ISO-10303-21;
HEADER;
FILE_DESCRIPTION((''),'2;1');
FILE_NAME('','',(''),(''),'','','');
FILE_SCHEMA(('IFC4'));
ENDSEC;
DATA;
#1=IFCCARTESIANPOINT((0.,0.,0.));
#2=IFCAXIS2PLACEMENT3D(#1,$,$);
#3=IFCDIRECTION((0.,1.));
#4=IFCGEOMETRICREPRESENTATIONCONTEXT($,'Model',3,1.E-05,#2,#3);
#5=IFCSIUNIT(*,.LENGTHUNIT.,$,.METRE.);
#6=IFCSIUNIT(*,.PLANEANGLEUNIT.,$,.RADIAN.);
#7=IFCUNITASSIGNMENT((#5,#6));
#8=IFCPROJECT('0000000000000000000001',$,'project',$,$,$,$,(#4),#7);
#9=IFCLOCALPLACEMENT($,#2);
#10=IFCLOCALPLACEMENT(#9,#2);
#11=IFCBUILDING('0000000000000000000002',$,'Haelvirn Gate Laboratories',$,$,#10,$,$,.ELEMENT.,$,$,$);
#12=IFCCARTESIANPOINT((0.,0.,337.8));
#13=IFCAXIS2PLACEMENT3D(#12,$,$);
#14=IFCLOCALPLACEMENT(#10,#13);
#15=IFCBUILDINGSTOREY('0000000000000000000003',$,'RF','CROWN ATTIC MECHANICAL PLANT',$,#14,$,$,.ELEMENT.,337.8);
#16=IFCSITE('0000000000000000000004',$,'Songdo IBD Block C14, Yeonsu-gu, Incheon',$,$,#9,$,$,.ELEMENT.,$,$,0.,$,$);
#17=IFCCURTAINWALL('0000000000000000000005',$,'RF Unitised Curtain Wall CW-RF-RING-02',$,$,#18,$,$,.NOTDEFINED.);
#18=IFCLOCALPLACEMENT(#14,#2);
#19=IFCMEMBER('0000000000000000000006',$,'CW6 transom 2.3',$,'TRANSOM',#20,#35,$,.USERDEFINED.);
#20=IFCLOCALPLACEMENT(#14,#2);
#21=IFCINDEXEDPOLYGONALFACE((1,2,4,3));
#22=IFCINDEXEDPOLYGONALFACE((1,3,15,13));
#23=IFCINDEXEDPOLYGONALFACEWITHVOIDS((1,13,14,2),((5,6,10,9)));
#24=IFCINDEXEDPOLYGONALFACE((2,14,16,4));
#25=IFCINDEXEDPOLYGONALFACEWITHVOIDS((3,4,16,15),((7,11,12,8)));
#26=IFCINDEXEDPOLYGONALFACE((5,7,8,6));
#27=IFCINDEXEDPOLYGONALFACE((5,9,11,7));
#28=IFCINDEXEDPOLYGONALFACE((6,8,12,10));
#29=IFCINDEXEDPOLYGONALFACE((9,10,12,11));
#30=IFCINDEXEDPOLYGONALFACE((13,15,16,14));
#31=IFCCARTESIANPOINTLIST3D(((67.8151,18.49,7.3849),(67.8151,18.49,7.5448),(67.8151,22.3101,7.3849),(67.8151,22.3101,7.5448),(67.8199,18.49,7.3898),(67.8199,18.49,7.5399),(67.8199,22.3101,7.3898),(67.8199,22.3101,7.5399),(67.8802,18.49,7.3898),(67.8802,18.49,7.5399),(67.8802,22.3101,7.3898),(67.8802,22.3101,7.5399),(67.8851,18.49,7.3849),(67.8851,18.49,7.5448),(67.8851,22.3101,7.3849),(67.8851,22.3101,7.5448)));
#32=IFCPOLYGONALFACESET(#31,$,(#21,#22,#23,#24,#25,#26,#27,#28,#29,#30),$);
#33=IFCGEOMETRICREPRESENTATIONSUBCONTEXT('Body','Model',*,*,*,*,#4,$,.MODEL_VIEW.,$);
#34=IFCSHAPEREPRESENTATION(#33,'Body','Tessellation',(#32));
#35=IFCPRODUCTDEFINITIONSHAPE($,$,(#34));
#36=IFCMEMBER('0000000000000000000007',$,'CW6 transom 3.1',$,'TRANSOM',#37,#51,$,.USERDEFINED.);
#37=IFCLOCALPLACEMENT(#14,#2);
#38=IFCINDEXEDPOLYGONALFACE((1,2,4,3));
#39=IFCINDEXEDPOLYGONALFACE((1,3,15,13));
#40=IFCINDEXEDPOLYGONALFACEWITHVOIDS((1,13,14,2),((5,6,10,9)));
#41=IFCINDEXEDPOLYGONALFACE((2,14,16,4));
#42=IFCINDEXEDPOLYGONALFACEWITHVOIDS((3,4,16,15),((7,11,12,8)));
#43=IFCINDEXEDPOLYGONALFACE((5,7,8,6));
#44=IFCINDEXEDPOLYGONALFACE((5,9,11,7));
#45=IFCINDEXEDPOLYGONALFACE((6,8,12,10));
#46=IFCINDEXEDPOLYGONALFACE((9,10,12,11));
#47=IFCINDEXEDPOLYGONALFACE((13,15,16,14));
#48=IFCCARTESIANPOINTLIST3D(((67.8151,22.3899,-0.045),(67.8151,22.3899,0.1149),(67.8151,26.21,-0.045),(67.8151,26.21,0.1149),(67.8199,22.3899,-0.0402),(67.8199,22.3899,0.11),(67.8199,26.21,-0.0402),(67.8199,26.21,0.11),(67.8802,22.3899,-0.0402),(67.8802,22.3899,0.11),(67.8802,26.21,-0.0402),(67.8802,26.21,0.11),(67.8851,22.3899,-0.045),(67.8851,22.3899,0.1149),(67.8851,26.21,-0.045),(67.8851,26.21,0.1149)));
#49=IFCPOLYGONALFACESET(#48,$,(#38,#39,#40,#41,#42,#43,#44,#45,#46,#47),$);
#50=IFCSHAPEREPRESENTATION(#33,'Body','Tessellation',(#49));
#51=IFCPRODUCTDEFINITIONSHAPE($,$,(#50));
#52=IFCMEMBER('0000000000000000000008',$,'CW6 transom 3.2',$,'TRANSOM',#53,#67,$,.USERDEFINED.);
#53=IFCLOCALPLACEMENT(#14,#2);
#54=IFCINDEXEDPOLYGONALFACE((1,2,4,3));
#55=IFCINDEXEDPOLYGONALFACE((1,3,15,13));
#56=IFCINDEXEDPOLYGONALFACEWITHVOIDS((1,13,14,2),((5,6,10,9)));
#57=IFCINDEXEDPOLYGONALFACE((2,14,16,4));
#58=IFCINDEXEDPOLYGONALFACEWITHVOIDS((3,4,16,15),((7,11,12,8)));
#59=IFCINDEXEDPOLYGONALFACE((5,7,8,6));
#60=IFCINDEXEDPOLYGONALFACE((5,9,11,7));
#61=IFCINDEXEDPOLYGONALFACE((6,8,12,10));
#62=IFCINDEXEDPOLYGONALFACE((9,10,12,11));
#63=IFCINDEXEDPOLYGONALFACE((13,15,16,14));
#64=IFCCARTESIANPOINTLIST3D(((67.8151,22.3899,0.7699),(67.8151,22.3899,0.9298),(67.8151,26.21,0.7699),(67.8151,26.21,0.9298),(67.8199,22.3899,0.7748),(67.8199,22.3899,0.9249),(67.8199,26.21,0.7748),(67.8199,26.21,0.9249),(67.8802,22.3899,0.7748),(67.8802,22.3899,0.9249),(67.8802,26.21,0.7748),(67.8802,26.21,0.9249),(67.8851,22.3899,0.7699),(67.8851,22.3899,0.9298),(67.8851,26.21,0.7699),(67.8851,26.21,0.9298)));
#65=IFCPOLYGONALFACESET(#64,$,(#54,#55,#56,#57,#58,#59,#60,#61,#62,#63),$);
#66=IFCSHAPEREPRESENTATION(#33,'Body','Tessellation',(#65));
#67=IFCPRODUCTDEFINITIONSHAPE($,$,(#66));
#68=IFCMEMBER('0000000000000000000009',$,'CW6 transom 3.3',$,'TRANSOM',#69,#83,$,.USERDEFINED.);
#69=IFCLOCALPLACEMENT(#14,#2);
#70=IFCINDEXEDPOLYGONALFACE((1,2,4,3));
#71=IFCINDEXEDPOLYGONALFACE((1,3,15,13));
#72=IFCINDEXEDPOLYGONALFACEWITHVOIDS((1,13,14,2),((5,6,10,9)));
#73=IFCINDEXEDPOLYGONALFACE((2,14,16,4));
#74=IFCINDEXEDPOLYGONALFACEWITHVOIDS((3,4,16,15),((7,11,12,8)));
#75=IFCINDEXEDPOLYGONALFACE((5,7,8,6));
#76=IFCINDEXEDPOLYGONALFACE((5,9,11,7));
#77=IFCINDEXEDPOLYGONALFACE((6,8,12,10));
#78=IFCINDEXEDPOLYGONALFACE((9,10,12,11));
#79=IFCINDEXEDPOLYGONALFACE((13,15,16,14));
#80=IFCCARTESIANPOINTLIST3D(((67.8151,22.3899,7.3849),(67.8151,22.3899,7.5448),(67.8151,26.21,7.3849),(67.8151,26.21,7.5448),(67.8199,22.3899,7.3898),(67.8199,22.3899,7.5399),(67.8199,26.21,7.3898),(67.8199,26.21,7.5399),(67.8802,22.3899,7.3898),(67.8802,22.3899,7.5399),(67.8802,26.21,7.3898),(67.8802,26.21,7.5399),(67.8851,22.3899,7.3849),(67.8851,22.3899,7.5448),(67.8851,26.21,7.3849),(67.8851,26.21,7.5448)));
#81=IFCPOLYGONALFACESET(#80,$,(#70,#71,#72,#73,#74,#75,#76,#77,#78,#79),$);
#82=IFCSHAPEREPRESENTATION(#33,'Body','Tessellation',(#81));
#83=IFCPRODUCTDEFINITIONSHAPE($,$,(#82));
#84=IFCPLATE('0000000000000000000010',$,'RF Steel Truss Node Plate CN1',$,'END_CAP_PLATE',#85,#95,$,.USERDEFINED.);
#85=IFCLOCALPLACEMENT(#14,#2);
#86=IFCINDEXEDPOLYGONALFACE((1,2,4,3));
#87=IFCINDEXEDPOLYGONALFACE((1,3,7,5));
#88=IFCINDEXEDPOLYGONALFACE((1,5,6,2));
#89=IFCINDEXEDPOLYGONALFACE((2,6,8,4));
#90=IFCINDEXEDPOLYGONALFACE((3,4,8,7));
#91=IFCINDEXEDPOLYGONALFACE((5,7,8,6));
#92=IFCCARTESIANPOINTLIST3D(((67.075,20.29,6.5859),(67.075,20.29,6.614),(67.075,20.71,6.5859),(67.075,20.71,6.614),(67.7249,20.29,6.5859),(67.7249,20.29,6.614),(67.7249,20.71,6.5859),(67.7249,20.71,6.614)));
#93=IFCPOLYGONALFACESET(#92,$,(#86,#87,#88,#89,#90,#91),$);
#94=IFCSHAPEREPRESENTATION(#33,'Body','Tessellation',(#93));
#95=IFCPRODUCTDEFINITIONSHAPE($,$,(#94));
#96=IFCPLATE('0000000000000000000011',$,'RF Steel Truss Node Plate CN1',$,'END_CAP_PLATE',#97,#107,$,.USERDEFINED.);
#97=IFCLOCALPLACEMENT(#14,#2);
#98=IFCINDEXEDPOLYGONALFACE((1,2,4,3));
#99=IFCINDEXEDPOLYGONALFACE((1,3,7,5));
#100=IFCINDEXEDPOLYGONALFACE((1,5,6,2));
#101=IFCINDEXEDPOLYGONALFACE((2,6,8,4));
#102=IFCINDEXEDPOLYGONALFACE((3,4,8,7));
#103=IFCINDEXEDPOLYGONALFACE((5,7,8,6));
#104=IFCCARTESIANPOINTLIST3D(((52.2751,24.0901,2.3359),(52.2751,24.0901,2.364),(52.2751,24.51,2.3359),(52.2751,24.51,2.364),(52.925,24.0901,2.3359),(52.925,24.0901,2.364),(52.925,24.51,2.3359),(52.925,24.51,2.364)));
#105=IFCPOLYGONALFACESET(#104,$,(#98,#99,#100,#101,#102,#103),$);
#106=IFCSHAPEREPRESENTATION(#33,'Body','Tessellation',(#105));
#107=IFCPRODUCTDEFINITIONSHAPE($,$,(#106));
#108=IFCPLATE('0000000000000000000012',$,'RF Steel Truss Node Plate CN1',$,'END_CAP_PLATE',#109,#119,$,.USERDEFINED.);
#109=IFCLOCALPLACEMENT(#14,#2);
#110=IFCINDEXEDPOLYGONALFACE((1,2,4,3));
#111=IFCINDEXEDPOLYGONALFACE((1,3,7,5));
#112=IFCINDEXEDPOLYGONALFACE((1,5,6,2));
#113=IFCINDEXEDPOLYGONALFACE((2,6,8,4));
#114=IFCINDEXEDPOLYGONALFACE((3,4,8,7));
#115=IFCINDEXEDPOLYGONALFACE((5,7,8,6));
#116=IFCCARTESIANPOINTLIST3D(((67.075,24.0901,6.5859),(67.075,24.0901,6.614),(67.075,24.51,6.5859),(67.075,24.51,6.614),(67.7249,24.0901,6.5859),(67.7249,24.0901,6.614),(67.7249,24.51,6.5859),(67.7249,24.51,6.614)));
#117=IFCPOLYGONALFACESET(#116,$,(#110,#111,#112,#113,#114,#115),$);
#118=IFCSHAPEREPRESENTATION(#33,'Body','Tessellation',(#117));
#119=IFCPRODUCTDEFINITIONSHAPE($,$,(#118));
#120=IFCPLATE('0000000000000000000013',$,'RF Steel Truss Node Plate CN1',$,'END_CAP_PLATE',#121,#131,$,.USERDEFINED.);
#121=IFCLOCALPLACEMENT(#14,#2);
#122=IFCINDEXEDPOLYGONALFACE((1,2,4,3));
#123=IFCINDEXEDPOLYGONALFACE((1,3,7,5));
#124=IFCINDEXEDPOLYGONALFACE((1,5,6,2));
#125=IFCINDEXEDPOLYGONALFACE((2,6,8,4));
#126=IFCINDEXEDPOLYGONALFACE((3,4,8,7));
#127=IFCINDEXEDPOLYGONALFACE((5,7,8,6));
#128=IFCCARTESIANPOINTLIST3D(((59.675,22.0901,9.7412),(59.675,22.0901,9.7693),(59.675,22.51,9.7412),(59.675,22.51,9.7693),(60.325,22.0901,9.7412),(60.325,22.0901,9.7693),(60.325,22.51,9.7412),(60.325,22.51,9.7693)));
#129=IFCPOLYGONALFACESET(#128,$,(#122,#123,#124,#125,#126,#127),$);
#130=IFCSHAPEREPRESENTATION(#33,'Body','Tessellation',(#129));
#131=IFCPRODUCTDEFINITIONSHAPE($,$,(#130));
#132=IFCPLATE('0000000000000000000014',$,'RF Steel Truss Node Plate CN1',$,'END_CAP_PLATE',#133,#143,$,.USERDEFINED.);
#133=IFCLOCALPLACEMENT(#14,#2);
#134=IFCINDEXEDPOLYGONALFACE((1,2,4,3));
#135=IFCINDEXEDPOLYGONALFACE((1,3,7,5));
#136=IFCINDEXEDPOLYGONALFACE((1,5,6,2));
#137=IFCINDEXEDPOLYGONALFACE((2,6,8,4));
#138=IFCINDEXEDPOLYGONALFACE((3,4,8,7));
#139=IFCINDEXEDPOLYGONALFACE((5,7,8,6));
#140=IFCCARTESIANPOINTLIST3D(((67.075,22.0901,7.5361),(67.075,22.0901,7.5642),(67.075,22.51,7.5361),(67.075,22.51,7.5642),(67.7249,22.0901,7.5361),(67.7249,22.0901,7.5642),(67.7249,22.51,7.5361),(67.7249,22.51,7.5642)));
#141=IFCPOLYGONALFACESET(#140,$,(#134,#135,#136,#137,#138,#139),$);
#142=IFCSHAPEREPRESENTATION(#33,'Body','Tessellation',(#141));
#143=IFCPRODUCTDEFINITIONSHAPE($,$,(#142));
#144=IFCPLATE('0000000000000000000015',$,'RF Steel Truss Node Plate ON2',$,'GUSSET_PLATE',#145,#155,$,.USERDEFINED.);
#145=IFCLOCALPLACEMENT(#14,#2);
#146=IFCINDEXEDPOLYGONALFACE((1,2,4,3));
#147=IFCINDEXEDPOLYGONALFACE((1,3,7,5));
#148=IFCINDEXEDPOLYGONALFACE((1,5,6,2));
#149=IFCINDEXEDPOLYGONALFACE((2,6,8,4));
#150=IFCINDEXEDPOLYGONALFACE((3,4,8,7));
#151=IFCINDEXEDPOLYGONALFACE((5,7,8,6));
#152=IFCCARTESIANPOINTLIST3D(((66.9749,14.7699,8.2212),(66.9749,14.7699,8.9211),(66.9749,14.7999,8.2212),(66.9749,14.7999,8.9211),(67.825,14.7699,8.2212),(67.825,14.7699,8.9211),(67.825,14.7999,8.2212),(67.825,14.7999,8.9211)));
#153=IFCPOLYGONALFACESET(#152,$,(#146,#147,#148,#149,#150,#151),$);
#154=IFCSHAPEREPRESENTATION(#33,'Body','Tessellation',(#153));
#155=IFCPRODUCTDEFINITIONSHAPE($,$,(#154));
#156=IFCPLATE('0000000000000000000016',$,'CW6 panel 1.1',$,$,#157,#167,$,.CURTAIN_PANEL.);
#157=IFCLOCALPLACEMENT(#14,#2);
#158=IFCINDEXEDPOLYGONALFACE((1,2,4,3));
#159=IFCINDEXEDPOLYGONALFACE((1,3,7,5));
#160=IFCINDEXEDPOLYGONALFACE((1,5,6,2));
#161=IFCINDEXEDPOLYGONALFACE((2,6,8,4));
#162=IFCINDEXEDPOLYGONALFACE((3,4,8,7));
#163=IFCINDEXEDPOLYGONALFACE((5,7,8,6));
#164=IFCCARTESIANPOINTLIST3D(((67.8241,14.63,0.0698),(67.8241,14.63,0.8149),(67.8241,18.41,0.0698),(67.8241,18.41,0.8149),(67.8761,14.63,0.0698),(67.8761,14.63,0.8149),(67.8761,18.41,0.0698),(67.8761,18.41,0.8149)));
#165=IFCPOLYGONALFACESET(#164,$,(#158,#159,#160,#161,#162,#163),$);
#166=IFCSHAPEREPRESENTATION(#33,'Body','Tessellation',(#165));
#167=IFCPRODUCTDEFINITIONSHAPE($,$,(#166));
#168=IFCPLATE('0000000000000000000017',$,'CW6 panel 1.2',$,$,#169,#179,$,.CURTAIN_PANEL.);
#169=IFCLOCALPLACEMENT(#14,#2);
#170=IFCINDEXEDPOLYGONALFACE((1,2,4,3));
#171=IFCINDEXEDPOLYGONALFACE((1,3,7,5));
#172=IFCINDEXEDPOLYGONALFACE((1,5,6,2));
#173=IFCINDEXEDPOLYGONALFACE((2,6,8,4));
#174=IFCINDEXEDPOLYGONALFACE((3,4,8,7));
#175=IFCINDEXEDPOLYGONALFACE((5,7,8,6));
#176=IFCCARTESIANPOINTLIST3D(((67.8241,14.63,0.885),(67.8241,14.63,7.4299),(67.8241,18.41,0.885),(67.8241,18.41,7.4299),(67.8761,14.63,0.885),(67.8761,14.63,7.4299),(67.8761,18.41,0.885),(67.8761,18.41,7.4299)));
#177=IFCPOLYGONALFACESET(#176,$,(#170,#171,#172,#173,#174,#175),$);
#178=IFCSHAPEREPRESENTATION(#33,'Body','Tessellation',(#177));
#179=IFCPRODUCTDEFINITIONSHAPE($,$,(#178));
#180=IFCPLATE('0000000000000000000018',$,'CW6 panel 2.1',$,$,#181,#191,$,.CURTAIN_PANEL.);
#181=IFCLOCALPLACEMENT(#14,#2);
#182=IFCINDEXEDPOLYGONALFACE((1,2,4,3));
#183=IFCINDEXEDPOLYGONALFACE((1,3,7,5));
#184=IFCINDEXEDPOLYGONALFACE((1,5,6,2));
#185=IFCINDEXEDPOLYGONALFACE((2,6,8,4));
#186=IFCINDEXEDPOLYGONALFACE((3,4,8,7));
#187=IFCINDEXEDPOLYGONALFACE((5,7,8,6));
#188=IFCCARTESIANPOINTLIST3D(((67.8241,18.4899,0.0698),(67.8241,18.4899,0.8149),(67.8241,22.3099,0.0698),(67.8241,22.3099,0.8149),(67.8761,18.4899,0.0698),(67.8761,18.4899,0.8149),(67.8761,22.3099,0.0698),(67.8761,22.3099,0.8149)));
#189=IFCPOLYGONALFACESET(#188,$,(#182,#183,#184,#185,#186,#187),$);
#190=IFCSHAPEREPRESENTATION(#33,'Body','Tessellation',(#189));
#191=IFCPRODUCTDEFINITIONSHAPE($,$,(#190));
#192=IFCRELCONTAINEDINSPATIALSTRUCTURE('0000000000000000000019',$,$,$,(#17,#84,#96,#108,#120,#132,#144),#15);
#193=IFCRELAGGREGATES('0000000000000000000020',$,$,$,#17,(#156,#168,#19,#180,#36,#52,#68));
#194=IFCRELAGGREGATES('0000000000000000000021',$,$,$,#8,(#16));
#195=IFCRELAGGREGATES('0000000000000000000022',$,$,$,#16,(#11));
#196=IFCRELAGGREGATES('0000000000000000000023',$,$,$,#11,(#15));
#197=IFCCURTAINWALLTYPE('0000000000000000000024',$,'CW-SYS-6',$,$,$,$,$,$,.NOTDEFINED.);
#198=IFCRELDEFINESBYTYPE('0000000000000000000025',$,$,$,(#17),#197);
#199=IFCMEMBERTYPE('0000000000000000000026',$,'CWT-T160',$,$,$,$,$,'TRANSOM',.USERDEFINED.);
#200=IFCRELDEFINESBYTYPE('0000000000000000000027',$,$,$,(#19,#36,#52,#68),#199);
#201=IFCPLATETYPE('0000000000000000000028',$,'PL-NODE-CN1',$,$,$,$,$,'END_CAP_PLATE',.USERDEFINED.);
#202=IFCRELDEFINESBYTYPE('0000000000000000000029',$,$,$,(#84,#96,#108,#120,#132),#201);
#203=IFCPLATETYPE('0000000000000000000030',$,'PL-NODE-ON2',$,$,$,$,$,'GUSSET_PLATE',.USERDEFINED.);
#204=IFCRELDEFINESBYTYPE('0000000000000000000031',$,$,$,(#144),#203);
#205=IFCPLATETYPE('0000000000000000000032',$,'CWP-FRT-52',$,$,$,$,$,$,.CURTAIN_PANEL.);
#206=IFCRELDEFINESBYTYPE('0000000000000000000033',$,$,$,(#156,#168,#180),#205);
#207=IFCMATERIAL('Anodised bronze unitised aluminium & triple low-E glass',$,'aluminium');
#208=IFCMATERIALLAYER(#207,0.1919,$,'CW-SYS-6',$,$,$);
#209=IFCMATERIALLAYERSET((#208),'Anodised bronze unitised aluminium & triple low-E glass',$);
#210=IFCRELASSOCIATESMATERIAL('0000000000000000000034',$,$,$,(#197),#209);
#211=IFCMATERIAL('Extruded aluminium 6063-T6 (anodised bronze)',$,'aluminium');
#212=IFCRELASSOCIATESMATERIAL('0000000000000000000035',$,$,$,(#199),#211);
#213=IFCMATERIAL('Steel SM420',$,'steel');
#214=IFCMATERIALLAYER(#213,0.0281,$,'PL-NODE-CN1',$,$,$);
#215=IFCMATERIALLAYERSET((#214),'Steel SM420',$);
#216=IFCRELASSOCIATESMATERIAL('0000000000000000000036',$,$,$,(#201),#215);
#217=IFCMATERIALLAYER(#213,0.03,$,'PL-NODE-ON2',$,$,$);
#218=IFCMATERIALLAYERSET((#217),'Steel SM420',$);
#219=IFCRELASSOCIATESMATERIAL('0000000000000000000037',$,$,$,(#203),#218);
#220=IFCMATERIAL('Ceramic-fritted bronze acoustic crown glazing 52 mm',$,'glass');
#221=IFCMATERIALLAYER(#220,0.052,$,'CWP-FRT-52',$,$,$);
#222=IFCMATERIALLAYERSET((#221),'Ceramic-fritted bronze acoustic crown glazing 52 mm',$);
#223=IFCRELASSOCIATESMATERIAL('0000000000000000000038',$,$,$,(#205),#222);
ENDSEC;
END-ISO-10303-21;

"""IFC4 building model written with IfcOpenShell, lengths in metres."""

from ifc_helpers import new_model, si_unit, direction, frame, origin, origin_2d, place, context, subcontext, project, spatial, rectangle, hollow_rectangle, extrude, source, transform, mapped, material, layer, layer_set, material_profile, profile_set, type_object, type_shapes, element, aggregate, save


model = new_model("IFC4")

# Units and contexts
model_context = context("Model", 3, precision=1e-05, world=origin(), true_north=direction((0.0, 1.0)))
body_context = subcontext(model_context, "Body", "Model", "MODEL_VIEW")
ifc_project = project(units=[si_unit("LENGTHUNIT", "METRE"), si_unit("PLANEANGLEUNIT", "RADIAN")], contexts=[model_context])

# Site, building, storey
site_placement = place(None, origin())
site = spatial("IfcSite", under=ifc_project, at=site_placement, Name="Songdo IBD Block C14, Yeonsu-gu, Incheon", CompositionType="ELEMENT", RefElevation=0.0)
building_placement = place(site_placement, origin())
building = spatial("IfcBuilding", under=site, at=building_placement, Name="Haelvirn Gate Laboratories", CompositionType="ELEMENT")
storey_placement = place(building_placement, frame((0.0, 0.0, 337.8)))
storey = spatial("IfcBuildingStorey", under=building, at=storey_placement, Name="RF", Description="CROWN ATTIC MECHANICAL PLANT", CompositionType="ELEMENT", Elevation=337.8)

# Shared definitions
ifc_material_1 = material(Name="Steel SM420", Category="steel")

# Curtain wall, members
ifc_material_2 = material(Name="Anodised bronze unitised aluminium & triple low-E glass", Category="aluminium")
ifc_layer_1 = layer(ifc_material_2, 0.1919, Name="CW-SYS-6")
ifc_layer_set_1 = layer_set([ifc_layer_1], Name="Anodised bronze unitised aluminium & triple low-E glass")
curtain_wall_type = type_object("IfcCurtainWallType", Name="CW-SYS-6", PredefinedType="NOTDEFINED", material=ifc_layer_set_1)
curtain_wall_placement = place(storey_placement, origin())
curtain_wall = element("IfcCurtainWall", 1, at=curtain_wall_placement, inside=storey, type_object=curtain_wall_type, Name="RF Unitised Curtain Wall CW-RF-RING-02", PredefinedType="NOTDEFINED")
ifc_material_3 = material(Name="Extruded aluminium 6063-T6 (anodised bronze)", Category="aluminium")
ifc_material_profile_1 = material_profile(ifc_material_3, hollow_rectangle(XDim=0.0701, YDim=0.1599, WallThickness=0.0049, at=origin_2d()), Name="CWT-160x70x5")
ifc_profile_set_1 = profile_set([ifc_material_profile_1], Name="Extruded aluminium 6063-T6 (anodised bronze)")
member_type_1 = type_object("IfcMemberType", Name="CWT-T160", ElementType="TRANSOM", PredefinedType="USERDEFINED", material=ifc_profile_set_1)
shared_shape_1 = source(origin(), body_context, "Body", "SweptSolid", [
    extrude(hollow_rectangle(XDim=0.0701, YDim=0.1599, WallThickness=0.0049, at=origin_2d()), origin(), (0.0, 0.0, 1.0), 3.8201),
])
member_1_placement = place(storey_placement, frame((67.8501, 18.49, 7.4648), z_axis=(0.0, 1.0, 0.0), x_axis=(-1.0, 0.0, 0.0)))
member_1 = element("IfcMember", 2, at=member_1_placement, type_object=member_type_1, Name="CW6 transom 2.3", ObjectType="TRANSOM", PredefinedType="USERDEFINED", context=body_context, shape_type="MappedRepresentation", body=[
    mapped(shared_shape_1, transform((0.0, 0.0, 0.0), scale=1.0)),
])
member_2_placement = place(storey_placement, frame((67.8501, 22.3899, 0.0349), z_axis=(0.0, 1.0, 0.0), x_axis=(-1.0, 0.0, 0.0)))
member_2 = element("IfcMember", 3, at=member_2_placement, type_object=member_type_1, Name="CW6 transom 3.1", ObjectType="TRANSOM", PredefinedType="USERDEFINED", context=body_context, shape_type="MappedRepresentation", body=[
    mapped(shared_shape_1, transform((0.0, 0.0, 0.0), scale=1.0)),
])
member_3_placement = place(storey_placement, frame((67.8501, 22.3899, 0.8499), z_axis=(0.0, 1.0, 0.0), x_axis=(-1.0, 0.0, 0.0)))
member_3 = element("IfcMember", 4, at=member_3_placement, type_object=member_type_1, Name="CW6 transom 3.2", ObjectType="TRANSOM", PredefinedType="USERDEFINED", context=body_context, shape_type="MappedRepresentation", body=[
    mapped(shared_shape_1, transform((0.0, 0.0, 0.0), scale=1.0)),
])
member_4_placement = place(storey_placement, frame((67.8501, 22.3899, 7.4648), z_axis=(0.0, 1.0, 0.0), x_axis=(-1.0, 0.0, 0.0)))
member_4 = element("IfcMember", 5, at=member_4_placement, type_object=member_type_1, Name="CW6 transom 3.3", ObjectType="TRANSOM", PredefinedType="USERDEFINED", context=body_context, shape_type="MappedRepresentation", body=[
    mapped(shared_shape_1, transform((0.0, 0.0, 0.0), scale=1.0)),
])

# Plates
ifc_layer_2 = layer(ifc_material_1, 0.0281, Name="PL-NODE-CN1")
ifc_layer_set_2 = layer_set([ifc_layer_2], Name="Steel SM420")
plate_type_1 = type_object("IfcPlateType", Name="PL-NODE-CN1", ElementType="END_CAP_PLATE", PredefinedType="USERDEFINED", material=ifc_layer_set_2)
shared_shape_2 = source(origin(), body_context, "Body", "SweptSolid", [
    extrude(rectangle(XDim=0.6499, YDim=0.4199, at=origin_2d()), origin(), (0.0, 0.0, 1.0), 0.0281),
])
type_shapes(plate_type_1, [shared_shape_2])
for number, where, z_axis, x_axis, name in (
    (6, (67.3999, 20.5, 6.5859), (0.0, 0.0, 1.0), (1.0, 0.0, 0.0), "RF Steel Truss Node Plate CN1"),
    (7, (52.6001, 24.3, 2.3359), (0.0, 0.0, 1.0), (1.0, 0.0, 0.0), "RF Steel Truss Node Plate CN1"),
    (8, (67.3999, 24.3, 6.5859), (0.0, 0.0, 1.0), (1.0, 0.0, 0.0), "RF Steel Truss Node Plate CN1"),
    (9, (60.0, 22.3, 9.7412), (0.0, 0.0, 1.0), (1.0, 0.0, 0.0), "RF Steel Truss Node Plate CN1"),
    (10, (67.3999, 22.3, 7.5361), (0.0, 0.0, 1.0), (1.0, 0.0, 0.0), "RF Steel Truss Node Plate CN1"),
):
    element("IfcPlate", number, at=place(storey_placement, frame(where, z_axis=z_axis, x_axis=x_axis)), inside=storey, type_object=plate_type_1, Name=name, ObjectType="END_CAP_PLATE", PredefinedType="USERDEFINED", context=body_context, shape_type="MappedRepresentation", body=[
        mapped(shared_shape_2, transform((0.0, 0.0, 0.0), scale=1.0)),
    ])
ifc_layer_3 = layer(ifc_material_1, 0.03, Name="PL-NODE-ON2")
ifc_layer_set_3 = layer_set([ifc_layer_3], Name="Steel SM420")
plate_type_2 = type_object("IfcPlateType", Name="PL-NODE-ON2", ElementType="GUSSET_PLATE", PredefinedType="USERDEFINED", material=ifc_layer_set_3)
shared_shape_3 = source(origin(), body_context, "Body", "SweptSolid", [
    extrude(rectangle(XDim=0.8501, YDim=0.03, at=origin_2d()), origin(), (0.0, 0.0, 1.0), 0.7),
])
type_shapes(plate_type_2, [shared_shape_3])
plate_1_placement = place(storey_placement, frame((67.3999, 14.7849, 8.2212), z_axis=(0.0, 0.0, 1.0), x_axis=(1.0, 0.0, 0.0)))
element("IfcPlate", 11, at=plate_1_placement, inside=storey, type_object=plate_type_2, Name="RF Steel Truss Node Plate ON2", ObjectType="GUSSET_PLATE", PredefinedType="USERDEFINED", context=body_context, shape_type="MappedRepresentation", body=[
    mapped(shared_shape_3, transform((0.0, 0.0, 0.0), scale=1.0)),
])

# Plates
ifc_material_4 = material(Name="Ceramic-fritted bronze acoustic crown glazing 52 mm", Category="glass")
ifc_layer_4 = layer(ifc_material_4, 0.052, Name="CWP-FRT-52")
ifc_layer_set_4 = layer_set([ifc_layer_4], Name="Ceramic-fritted bronze acoustic crown glazing 52 mm")
plate_type_3 = type_object("IfcPlateType", Name="CWP-FRT-52", PredefinedType="CURTAIN_PANEL", material=ifc_layer_set_4)
shared_shape_4 = source(origin(), body_context, "Body", "SweptSolid", [
    extrude(rectangle(XDim=3.78, YDim=0.052, at=origin_2d()), origin(), (0.0, 0.0, 1.0), 0.7451),
])
plate_2_placement = place(storey_placement, frame((67.8501, 16.52, 0.0698), z_axis=(0.0, 0.0, 1.0), x_axis=(0.0, 1.0, 0.0)))
plate_2 = element("IfcPlate", 12, at=plate_2_placement, type_object=plate_type_3, Name="CW6 panel 1.1", PredefinedType="CURTAIN_PANEL", context=body_context, shape_type="MappedRepresentation", body=[
    mapped(shared_shape_4, transform((0.0, 0.0, 0.0), scale=1.0)),
])
shared_shape_5 = source(origin(), body_context, "Body", "SweptSolid", [
    extrude(rectangle(XDim=3.78, YDim=0.052, at=origin_2d()), origin(), (0.0, 0.0, 1.0), 6.5449),
])
plate_3_placement = place(storey_placement, frame((67.8501, 16.52, 0.885), z_axis=(0.0, 0.0, 1.0), x_axis=(0.0, 1.0, 0.0)))
plate_3 = element("IfcPlate", 13, at=plate_3_placement, type_object=plate_type_3, Name="CW6 panel 1.2", PredefinedType="CURTAIN_PANEL", context=body_context, shape_type="MappedRepresentation", body=[
    mapped(shared_shape_5, transform((0.0, 0.0, 0.0), scale=1.0)),
])
shared_shape_6 = source(origin(), body_context, "Body", "SweptSolid", [
    extrude(rectangle(XDim=3.8201, YDim=0.052, at=origin_2d()), origin(), (0.0, 0.0, 1.0), 0.7451),
])
plate_4_placement = place(storey_placement, frame((67.8501, 20.3999, 0.0698), z_axis=(0.0, 0.0, 1.0), x_axis=(0.0, 1.0, 0.0)))
plate_4 = element("IfcPlate", 14, at=plate_4_placement, type_object=plate_type_3, Name="CW6 panel 2.1", PredefinedType="CURTAIN_PANEL", context=body_context, shape_type="MappedRepresentation", body=[
    mapped(shared_shape_6, transform((0.0, 0.0, 0.0), scale=1.0)),
])
aggregate(curtain_wall, [plate_2, plate_3, member_1, plate_4, member_2, member_3, member_4])

save(model, "model.ifc")
